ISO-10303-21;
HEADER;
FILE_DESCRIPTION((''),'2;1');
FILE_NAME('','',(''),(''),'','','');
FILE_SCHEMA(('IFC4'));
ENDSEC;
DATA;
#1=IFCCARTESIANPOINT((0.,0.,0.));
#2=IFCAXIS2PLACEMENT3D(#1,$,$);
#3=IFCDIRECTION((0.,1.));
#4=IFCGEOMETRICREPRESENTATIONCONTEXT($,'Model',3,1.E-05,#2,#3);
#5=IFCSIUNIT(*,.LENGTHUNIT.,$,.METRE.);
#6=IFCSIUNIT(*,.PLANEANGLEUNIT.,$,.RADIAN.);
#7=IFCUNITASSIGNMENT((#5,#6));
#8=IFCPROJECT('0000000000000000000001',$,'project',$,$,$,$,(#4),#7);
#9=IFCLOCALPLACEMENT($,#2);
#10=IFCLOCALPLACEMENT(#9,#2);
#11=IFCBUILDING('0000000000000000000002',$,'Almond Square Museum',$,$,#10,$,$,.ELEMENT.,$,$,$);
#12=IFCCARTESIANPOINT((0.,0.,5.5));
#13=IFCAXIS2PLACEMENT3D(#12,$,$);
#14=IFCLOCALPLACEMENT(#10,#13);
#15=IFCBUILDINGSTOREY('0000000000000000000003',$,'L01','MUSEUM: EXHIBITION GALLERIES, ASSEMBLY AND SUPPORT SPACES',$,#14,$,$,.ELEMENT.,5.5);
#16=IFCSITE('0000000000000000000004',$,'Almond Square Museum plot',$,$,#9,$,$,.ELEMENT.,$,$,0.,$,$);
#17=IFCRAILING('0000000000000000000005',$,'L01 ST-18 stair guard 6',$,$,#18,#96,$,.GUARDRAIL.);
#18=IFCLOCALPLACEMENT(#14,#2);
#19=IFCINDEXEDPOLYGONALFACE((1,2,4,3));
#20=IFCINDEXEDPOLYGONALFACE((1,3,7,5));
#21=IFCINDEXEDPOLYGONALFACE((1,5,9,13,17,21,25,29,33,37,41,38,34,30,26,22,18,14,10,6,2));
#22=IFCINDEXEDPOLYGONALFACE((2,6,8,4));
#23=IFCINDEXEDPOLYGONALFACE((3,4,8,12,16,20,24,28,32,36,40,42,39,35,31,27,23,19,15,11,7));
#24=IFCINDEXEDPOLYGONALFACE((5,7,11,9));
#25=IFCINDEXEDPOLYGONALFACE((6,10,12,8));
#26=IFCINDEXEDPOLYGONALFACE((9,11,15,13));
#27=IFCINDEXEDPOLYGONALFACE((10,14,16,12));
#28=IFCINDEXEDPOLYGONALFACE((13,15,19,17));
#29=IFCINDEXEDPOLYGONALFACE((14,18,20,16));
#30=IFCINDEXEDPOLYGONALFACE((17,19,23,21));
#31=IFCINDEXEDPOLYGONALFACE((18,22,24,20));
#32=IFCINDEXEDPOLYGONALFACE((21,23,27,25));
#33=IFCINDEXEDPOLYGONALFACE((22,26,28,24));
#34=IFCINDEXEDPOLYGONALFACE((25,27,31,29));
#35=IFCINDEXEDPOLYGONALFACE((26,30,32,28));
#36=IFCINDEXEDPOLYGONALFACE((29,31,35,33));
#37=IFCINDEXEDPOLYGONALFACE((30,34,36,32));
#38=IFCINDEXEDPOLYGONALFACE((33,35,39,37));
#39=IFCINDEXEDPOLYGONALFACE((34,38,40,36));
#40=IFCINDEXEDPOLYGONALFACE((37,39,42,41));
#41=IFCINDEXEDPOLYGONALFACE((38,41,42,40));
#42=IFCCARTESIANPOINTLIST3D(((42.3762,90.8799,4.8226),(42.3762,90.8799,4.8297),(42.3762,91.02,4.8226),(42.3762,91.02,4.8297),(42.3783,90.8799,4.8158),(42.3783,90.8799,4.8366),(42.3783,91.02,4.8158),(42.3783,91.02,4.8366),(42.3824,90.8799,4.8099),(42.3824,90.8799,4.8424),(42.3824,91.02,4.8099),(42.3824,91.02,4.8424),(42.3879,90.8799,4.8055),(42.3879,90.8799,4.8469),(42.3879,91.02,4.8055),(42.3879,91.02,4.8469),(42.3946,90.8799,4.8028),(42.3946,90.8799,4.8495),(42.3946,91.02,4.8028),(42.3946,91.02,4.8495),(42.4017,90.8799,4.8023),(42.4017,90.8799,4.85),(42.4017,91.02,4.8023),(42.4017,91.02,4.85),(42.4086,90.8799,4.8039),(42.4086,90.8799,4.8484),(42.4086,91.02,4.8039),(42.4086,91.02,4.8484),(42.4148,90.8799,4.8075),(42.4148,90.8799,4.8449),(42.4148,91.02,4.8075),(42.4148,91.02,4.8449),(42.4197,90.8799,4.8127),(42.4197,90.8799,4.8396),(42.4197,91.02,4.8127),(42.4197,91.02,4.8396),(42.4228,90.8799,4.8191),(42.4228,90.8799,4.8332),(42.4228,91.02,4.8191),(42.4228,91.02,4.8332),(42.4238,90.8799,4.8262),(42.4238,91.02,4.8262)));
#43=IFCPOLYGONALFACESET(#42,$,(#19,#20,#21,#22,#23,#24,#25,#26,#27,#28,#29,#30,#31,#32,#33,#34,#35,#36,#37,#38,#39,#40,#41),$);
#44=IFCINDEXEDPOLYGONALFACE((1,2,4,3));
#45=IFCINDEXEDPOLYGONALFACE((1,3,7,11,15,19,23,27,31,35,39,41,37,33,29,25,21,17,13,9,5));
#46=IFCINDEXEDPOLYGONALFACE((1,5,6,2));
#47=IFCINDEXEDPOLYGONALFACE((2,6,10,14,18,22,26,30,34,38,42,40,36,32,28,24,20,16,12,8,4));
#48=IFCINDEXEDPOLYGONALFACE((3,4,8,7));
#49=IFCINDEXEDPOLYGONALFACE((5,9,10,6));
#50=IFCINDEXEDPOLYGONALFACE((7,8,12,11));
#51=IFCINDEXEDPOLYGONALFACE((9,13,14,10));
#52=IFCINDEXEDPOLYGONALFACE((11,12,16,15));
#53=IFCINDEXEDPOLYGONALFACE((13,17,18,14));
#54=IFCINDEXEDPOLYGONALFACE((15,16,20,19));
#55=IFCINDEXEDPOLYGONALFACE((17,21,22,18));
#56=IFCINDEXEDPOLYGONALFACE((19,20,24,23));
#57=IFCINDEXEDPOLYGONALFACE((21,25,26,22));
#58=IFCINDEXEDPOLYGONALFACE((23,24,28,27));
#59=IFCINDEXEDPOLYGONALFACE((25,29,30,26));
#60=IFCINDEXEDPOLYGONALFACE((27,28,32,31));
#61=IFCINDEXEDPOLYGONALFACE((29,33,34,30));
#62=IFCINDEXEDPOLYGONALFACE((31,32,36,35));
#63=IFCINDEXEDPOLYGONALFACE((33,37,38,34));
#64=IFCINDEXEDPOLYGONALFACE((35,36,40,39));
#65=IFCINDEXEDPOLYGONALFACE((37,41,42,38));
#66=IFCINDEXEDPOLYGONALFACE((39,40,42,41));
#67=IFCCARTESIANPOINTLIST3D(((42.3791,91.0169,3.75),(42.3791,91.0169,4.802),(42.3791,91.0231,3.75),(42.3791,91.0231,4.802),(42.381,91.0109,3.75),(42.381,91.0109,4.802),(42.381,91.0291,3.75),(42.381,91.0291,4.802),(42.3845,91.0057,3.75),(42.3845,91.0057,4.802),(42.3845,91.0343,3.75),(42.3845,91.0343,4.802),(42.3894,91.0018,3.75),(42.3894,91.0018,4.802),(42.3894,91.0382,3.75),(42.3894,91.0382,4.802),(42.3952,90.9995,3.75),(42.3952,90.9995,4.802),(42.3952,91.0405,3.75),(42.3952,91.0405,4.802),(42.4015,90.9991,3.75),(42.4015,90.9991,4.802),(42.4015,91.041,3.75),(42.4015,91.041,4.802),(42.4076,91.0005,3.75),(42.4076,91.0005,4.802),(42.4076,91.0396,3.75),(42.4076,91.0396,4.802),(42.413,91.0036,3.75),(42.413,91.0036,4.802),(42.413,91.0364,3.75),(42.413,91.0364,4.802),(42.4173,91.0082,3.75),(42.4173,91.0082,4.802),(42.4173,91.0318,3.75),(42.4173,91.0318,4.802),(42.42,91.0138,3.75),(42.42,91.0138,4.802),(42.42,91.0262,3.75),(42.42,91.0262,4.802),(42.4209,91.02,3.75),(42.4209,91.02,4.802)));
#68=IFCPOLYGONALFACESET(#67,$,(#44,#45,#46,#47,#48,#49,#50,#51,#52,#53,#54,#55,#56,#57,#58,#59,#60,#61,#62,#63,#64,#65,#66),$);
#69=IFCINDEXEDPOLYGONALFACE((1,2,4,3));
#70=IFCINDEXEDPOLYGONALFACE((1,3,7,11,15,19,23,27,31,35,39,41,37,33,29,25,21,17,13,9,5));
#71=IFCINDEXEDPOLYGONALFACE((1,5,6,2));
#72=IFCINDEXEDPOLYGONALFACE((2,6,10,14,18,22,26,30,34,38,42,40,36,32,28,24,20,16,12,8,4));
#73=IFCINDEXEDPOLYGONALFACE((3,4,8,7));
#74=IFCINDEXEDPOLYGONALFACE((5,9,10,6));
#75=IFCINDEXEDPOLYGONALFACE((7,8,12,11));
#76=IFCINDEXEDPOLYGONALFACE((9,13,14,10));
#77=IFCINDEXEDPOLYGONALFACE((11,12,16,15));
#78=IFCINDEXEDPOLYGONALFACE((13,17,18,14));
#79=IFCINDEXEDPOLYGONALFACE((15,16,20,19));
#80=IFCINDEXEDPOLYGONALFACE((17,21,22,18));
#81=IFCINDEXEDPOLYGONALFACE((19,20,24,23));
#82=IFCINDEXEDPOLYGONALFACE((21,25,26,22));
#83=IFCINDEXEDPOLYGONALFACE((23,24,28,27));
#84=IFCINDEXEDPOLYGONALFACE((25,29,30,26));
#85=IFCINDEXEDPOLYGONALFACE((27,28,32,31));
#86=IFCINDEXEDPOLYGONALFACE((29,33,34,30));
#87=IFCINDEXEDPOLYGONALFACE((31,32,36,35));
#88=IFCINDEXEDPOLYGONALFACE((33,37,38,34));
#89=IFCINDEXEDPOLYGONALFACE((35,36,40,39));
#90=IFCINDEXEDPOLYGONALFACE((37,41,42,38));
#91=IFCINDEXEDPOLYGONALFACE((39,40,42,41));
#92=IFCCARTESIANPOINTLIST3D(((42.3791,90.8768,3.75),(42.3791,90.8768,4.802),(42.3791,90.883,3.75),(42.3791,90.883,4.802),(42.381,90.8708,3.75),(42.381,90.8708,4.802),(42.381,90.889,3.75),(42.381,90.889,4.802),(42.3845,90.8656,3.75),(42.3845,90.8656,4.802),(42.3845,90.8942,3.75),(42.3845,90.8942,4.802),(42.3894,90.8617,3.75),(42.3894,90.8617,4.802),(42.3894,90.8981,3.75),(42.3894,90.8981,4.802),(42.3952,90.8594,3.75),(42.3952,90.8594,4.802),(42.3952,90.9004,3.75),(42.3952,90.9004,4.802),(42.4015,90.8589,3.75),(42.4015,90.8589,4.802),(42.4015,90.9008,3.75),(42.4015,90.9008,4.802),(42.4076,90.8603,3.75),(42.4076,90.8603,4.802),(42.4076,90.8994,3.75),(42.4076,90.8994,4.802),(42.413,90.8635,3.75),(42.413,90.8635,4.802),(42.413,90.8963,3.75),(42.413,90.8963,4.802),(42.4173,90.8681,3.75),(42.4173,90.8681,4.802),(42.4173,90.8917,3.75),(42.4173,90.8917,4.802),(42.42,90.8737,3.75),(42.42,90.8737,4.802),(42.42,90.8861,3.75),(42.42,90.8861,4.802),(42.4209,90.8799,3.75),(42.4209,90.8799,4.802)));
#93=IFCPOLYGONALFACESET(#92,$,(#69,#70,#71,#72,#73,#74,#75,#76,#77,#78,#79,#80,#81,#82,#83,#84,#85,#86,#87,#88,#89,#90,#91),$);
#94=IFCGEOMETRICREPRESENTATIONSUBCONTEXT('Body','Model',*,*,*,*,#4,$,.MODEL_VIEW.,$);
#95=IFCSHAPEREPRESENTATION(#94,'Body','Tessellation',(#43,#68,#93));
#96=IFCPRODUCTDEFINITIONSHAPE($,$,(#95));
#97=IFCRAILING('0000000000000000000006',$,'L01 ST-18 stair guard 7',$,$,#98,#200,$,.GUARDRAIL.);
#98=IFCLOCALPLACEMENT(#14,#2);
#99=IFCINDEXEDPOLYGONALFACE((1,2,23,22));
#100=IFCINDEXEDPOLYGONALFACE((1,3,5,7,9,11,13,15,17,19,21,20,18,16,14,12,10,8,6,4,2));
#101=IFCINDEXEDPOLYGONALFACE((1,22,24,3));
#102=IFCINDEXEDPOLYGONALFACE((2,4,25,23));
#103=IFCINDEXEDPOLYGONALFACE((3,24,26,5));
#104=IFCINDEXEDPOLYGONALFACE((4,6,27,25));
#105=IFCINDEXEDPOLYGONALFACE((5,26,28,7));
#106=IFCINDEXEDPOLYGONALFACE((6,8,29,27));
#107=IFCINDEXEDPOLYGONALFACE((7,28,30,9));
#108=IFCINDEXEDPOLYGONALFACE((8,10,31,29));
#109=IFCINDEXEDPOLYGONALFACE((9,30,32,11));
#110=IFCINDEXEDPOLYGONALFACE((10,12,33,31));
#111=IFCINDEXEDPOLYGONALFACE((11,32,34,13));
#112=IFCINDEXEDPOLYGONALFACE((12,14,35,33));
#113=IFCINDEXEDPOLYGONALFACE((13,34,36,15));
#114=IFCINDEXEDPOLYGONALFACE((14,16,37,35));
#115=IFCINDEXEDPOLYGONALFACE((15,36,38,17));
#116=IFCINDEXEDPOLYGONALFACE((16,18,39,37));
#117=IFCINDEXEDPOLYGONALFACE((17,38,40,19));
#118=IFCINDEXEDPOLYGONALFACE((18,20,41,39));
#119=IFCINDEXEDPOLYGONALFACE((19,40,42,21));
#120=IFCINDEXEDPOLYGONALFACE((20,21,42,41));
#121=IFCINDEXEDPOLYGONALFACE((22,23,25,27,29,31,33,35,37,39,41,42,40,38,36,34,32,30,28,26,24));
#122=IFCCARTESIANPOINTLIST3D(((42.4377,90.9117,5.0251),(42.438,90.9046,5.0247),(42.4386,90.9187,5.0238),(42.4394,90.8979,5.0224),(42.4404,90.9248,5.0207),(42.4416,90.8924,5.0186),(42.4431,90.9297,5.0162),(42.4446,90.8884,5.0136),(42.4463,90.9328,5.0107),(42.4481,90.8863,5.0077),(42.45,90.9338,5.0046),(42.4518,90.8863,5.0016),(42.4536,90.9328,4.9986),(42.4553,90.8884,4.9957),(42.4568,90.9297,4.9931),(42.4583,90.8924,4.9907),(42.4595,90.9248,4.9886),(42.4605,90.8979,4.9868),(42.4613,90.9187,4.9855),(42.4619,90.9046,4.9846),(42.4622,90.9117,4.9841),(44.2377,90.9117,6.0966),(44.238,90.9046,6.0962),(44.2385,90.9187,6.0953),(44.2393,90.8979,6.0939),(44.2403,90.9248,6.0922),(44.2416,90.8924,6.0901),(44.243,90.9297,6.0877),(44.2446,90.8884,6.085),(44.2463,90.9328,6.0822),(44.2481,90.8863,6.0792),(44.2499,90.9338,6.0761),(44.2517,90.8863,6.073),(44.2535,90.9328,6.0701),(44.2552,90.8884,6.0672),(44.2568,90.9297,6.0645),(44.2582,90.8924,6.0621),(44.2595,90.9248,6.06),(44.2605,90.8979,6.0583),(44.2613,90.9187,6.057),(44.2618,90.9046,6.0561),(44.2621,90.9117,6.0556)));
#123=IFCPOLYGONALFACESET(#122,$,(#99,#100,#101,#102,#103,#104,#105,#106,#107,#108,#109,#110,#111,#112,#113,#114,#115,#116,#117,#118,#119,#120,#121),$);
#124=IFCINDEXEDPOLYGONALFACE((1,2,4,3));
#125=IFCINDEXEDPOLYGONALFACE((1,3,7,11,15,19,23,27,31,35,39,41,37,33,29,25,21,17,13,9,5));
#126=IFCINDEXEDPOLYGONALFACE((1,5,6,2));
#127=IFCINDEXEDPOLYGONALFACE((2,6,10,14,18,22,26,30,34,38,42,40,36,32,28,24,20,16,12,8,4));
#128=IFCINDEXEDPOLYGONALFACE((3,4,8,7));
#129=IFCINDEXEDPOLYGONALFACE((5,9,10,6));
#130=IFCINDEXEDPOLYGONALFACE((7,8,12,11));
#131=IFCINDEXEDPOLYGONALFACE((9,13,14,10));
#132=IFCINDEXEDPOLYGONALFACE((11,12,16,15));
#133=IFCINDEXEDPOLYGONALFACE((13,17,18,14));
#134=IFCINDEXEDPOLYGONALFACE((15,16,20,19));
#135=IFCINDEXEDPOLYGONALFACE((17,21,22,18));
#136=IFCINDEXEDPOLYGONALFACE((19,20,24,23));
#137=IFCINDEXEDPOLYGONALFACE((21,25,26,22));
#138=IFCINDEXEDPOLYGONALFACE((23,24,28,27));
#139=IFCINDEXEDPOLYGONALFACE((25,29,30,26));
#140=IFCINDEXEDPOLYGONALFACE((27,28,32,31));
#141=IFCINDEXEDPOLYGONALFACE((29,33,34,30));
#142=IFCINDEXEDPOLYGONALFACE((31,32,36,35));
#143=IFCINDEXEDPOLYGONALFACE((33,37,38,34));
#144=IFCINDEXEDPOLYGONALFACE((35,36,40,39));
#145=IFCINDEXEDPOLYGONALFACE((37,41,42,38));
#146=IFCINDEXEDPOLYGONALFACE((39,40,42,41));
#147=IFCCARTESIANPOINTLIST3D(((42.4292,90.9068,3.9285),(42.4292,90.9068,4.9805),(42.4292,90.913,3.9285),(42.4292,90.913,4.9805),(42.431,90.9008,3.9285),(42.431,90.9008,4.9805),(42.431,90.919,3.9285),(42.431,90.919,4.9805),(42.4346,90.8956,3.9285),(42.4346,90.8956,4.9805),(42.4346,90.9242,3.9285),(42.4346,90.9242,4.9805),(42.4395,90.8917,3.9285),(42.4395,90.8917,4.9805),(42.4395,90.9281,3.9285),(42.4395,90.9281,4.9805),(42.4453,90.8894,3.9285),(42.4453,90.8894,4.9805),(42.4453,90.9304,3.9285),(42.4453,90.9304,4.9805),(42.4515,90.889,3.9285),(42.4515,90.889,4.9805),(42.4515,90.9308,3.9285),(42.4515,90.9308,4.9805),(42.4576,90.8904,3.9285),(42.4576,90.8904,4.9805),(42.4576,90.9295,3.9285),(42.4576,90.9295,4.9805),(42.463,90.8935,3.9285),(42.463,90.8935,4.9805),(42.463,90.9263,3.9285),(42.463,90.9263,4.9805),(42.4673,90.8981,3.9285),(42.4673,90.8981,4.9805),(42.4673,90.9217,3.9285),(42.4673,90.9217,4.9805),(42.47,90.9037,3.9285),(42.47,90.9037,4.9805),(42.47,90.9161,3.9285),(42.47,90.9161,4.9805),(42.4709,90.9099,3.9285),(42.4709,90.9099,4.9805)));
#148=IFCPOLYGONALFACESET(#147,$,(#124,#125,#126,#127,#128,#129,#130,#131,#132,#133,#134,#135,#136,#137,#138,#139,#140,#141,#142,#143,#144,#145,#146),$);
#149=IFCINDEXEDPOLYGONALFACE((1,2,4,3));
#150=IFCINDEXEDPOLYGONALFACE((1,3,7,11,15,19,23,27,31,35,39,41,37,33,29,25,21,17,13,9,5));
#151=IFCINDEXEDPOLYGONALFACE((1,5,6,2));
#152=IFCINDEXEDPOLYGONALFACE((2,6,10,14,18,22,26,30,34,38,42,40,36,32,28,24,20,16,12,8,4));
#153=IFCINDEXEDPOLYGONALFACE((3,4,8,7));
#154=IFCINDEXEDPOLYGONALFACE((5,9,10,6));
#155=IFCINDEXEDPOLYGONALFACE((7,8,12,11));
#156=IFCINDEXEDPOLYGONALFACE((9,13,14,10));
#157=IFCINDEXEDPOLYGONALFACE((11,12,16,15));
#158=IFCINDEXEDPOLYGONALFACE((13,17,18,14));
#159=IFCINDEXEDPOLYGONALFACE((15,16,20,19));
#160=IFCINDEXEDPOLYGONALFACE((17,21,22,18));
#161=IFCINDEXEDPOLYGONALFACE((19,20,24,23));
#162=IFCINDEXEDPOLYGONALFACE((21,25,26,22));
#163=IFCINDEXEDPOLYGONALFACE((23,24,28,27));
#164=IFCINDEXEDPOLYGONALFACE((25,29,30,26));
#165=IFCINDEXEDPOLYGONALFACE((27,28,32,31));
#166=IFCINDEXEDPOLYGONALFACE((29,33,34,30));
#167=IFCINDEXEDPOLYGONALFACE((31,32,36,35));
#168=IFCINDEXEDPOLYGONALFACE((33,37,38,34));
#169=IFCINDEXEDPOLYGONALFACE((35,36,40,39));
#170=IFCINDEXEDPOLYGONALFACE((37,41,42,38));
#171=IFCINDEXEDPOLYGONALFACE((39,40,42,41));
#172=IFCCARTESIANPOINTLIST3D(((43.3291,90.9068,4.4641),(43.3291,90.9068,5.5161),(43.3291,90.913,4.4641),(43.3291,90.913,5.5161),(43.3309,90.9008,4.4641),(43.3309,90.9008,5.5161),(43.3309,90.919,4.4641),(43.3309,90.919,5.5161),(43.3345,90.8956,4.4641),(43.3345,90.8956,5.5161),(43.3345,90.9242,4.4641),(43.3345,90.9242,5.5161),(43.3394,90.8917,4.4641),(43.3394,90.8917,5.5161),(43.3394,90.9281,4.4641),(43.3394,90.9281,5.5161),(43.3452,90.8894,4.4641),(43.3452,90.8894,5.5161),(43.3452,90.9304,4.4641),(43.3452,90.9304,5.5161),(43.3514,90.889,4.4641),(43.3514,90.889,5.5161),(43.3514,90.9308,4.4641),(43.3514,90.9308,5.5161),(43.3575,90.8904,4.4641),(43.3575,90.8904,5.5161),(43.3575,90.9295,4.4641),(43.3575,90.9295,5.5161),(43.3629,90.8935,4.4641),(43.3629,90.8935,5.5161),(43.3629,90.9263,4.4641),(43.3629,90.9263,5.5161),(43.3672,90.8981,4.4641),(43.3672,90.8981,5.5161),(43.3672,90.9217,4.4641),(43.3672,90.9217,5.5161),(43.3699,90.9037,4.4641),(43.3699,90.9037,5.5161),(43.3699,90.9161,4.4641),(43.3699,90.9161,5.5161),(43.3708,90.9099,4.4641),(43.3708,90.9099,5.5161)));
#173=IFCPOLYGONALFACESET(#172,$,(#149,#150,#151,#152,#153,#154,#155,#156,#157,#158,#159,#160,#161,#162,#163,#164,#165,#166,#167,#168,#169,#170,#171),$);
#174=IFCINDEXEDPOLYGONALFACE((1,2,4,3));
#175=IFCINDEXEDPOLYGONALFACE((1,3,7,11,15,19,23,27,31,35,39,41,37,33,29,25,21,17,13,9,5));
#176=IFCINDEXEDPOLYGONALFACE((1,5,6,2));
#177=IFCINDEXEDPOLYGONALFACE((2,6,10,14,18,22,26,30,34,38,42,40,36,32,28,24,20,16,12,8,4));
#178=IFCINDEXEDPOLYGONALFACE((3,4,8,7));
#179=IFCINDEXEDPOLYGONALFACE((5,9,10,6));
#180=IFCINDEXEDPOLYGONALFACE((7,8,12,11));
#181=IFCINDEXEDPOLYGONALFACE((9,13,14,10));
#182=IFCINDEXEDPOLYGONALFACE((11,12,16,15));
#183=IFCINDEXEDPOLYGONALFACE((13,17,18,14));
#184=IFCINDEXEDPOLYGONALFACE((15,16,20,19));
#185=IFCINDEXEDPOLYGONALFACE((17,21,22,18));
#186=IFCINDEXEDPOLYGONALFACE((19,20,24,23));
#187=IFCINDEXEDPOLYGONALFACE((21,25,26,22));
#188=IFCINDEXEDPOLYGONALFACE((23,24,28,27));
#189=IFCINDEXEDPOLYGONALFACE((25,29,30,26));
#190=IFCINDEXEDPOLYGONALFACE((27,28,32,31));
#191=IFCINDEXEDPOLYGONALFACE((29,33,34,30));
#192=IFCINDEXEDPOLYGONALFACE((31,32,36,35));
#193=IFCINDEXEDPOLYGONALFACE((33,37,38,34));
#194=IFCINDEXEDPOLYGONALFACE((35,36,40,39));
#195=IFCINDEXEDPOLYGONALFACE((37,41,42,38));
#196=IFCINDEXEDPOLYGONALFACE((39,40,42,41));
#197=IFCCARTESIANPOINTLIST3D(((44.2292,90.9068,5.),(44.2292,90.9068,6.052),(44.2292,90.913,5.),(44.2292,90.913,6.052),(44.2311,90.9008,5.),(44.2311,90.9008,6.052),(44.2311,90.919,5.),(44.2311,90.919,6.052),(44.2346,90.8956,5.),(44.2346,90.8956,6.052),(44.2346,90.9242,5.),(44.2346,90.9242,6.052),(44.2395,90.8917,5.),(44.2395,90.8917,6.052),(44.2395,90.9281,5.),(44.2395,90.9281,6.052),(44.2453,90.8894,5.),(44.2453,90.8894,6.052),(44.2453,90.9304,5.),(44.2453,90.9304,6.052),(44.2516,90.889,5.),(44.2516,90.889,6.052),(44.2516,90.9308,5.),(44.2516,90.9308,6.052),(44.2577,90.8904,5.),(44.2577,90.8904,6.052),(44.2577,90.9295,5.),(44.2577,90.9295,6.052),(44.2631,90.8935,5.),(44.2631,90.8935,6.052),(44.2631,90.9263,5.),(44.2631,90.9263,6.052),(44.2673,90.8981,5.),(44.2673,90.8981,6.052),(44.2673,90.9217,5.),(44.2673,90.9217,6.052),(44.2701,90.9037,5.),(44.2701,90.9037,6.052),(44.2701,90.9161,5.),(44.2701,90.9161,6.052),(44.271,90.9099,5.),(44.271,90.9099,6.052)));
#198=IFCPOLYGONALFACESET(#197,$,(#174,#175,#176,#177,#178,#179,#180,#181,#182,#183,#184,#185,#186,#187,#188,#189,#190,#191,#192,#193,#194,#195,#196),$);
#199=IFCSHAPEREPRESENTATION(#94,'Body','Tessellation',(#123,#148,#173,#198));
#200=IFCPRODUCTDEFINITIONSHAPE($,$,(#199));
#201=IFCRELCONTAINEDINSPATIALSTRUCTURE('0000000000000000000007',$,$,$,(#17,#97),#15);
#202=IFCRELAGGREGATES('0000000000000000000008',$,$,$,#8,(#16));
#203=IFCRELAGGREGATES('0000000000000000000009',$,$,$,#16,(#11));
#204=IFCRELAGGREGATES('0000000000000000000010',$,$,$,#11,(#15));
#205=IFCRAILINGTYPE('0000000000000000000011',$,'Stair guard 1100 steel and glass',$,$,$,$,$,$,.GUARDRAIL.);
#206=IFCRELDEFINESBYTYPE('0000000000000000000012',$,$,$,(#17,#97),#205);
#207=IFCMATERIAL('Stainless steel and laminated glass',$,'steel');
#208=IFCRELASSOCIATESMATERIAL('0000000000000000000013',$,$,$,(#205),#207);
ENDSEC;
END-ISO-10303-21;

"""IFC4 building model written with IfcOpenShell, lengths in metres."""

from ifc_helpers import new_model, si_unit, direction, frame, origin, origin_2d, place, context, subcontext, project, spatial, circle, extrude, material, type_object, element, save


model = new_model("IFC4")

# Units and contexts
model_context = context("Model", 3, precision=1e-05, world=origin(), true_north=direction((0.0, 1.0)))
body_context = subcontext(model_context, "Body", "Model", "MODEL_VIEW")
ifc_project = project(units=[si_unit("LENGTHUNIT", "METRE"), si_unit("PLANEANGLEUNIT", "RADIAN")], contexts=[model_context])

# Site, building, storey
site_placement = place(None, origin())
site = spatial("IfcSite", under=ifc_project, at=site_placement, Name="Almond Square Museum plot", CompositionType="ELEMENT", RefElevation=0.0)
building_placement = place(site_placement, origin())
building = spatial("IfcBuilding", under=site, at=building_placement, Name="Almond Square Museum", CompositionType="ELEMENT")
storey_placement = place(building_placement, frame((0.0, 0.0, 5.5)))
storey = spatial("IfcBuildingStorey", under=building, at=storey_placement, Name="L01", Description="MUSEUM: EXHIBITION GALLERIES, ASSEMBLY AND SUPPORT SPACES", CompositionType="ELEMENT", Elevation=5.5)

# Railings
ifc_material_1 = material(Name="Stainless steel and laminated glass", Category="steel")
railing_type_1 = type_object("IfcRailingType", Name="Stair guard 1100 steel and glass", PredefinedType="GUARDRAIL", material=ifc_material_1)
railing_1_placement = place(storey_placement, frame((42.3999, 91.02, 3.75)))
element("IfcRailing", 1, at=railing_1_placement, inside=storey, type_object=railing_type_1, Name="L01 ST-18 stair guard 6", PredefinedType="GUARDRAIL", context=body_context, shape_type="SweptSolid", body=[
    extrude(circle(Radius=0.0239, at=origin_2d()), frame((0.0, 0.0, 1.0762), z_axis=(0.0, -1.0, 0.0), x_axis=(1.0, 0.0, 0.0)), (0.0, 0.0, 1.0), 0.1401),
    extrude(circle(Radius=0.021, at=origin_2d()), origin(), (0.0, 0.0, 1.0), 1.052),
    extrude(circle(Radius=0.021, at=origin_2d()), frame((0.0, -0.1401, 0.0)), (0.0, 0.0, 1.0), 1.052),
])
railing_2_placement = place(storey_placement, frame((42.45, 90.9099, 3.9285)))
element("IfcRailing", 2, at=railing_2_placement, inside=storey, type_object=railing_type_1, Name="L01 ST-18 stair guard 7", PredefinedType="GUARDRAIL", context=body_context, shape_type="SweptSolid", body=[
    extrude(circle(Radius=0.0239, at=origin_2d()), frame((0.0, 0.0, 1.0762), z_axis=(0.859277, 0.0, 0.51151), x_axis=(0.0, 1.0, 0.0)), (0.0, 0.0, 1.0), 2.0947),
    extrude(circle(Radius=0.021, at=origin_2d()), origin(), (0.0, 0.0, 1.0), 1.052),
    extrude(circle(Radius=0.021, at=origin_2d()), frame((0.8999, 0.0, 0.5356)), (0.0, 0.0, 1.0), 1.052),
    extrude(circle(Radius=0.021, at=origin_2d()), frame((1.8, 0.0, 1.0715)), (0.0, 0.0, 1.0), 1.052),
])

save(model, "model.ifc")
